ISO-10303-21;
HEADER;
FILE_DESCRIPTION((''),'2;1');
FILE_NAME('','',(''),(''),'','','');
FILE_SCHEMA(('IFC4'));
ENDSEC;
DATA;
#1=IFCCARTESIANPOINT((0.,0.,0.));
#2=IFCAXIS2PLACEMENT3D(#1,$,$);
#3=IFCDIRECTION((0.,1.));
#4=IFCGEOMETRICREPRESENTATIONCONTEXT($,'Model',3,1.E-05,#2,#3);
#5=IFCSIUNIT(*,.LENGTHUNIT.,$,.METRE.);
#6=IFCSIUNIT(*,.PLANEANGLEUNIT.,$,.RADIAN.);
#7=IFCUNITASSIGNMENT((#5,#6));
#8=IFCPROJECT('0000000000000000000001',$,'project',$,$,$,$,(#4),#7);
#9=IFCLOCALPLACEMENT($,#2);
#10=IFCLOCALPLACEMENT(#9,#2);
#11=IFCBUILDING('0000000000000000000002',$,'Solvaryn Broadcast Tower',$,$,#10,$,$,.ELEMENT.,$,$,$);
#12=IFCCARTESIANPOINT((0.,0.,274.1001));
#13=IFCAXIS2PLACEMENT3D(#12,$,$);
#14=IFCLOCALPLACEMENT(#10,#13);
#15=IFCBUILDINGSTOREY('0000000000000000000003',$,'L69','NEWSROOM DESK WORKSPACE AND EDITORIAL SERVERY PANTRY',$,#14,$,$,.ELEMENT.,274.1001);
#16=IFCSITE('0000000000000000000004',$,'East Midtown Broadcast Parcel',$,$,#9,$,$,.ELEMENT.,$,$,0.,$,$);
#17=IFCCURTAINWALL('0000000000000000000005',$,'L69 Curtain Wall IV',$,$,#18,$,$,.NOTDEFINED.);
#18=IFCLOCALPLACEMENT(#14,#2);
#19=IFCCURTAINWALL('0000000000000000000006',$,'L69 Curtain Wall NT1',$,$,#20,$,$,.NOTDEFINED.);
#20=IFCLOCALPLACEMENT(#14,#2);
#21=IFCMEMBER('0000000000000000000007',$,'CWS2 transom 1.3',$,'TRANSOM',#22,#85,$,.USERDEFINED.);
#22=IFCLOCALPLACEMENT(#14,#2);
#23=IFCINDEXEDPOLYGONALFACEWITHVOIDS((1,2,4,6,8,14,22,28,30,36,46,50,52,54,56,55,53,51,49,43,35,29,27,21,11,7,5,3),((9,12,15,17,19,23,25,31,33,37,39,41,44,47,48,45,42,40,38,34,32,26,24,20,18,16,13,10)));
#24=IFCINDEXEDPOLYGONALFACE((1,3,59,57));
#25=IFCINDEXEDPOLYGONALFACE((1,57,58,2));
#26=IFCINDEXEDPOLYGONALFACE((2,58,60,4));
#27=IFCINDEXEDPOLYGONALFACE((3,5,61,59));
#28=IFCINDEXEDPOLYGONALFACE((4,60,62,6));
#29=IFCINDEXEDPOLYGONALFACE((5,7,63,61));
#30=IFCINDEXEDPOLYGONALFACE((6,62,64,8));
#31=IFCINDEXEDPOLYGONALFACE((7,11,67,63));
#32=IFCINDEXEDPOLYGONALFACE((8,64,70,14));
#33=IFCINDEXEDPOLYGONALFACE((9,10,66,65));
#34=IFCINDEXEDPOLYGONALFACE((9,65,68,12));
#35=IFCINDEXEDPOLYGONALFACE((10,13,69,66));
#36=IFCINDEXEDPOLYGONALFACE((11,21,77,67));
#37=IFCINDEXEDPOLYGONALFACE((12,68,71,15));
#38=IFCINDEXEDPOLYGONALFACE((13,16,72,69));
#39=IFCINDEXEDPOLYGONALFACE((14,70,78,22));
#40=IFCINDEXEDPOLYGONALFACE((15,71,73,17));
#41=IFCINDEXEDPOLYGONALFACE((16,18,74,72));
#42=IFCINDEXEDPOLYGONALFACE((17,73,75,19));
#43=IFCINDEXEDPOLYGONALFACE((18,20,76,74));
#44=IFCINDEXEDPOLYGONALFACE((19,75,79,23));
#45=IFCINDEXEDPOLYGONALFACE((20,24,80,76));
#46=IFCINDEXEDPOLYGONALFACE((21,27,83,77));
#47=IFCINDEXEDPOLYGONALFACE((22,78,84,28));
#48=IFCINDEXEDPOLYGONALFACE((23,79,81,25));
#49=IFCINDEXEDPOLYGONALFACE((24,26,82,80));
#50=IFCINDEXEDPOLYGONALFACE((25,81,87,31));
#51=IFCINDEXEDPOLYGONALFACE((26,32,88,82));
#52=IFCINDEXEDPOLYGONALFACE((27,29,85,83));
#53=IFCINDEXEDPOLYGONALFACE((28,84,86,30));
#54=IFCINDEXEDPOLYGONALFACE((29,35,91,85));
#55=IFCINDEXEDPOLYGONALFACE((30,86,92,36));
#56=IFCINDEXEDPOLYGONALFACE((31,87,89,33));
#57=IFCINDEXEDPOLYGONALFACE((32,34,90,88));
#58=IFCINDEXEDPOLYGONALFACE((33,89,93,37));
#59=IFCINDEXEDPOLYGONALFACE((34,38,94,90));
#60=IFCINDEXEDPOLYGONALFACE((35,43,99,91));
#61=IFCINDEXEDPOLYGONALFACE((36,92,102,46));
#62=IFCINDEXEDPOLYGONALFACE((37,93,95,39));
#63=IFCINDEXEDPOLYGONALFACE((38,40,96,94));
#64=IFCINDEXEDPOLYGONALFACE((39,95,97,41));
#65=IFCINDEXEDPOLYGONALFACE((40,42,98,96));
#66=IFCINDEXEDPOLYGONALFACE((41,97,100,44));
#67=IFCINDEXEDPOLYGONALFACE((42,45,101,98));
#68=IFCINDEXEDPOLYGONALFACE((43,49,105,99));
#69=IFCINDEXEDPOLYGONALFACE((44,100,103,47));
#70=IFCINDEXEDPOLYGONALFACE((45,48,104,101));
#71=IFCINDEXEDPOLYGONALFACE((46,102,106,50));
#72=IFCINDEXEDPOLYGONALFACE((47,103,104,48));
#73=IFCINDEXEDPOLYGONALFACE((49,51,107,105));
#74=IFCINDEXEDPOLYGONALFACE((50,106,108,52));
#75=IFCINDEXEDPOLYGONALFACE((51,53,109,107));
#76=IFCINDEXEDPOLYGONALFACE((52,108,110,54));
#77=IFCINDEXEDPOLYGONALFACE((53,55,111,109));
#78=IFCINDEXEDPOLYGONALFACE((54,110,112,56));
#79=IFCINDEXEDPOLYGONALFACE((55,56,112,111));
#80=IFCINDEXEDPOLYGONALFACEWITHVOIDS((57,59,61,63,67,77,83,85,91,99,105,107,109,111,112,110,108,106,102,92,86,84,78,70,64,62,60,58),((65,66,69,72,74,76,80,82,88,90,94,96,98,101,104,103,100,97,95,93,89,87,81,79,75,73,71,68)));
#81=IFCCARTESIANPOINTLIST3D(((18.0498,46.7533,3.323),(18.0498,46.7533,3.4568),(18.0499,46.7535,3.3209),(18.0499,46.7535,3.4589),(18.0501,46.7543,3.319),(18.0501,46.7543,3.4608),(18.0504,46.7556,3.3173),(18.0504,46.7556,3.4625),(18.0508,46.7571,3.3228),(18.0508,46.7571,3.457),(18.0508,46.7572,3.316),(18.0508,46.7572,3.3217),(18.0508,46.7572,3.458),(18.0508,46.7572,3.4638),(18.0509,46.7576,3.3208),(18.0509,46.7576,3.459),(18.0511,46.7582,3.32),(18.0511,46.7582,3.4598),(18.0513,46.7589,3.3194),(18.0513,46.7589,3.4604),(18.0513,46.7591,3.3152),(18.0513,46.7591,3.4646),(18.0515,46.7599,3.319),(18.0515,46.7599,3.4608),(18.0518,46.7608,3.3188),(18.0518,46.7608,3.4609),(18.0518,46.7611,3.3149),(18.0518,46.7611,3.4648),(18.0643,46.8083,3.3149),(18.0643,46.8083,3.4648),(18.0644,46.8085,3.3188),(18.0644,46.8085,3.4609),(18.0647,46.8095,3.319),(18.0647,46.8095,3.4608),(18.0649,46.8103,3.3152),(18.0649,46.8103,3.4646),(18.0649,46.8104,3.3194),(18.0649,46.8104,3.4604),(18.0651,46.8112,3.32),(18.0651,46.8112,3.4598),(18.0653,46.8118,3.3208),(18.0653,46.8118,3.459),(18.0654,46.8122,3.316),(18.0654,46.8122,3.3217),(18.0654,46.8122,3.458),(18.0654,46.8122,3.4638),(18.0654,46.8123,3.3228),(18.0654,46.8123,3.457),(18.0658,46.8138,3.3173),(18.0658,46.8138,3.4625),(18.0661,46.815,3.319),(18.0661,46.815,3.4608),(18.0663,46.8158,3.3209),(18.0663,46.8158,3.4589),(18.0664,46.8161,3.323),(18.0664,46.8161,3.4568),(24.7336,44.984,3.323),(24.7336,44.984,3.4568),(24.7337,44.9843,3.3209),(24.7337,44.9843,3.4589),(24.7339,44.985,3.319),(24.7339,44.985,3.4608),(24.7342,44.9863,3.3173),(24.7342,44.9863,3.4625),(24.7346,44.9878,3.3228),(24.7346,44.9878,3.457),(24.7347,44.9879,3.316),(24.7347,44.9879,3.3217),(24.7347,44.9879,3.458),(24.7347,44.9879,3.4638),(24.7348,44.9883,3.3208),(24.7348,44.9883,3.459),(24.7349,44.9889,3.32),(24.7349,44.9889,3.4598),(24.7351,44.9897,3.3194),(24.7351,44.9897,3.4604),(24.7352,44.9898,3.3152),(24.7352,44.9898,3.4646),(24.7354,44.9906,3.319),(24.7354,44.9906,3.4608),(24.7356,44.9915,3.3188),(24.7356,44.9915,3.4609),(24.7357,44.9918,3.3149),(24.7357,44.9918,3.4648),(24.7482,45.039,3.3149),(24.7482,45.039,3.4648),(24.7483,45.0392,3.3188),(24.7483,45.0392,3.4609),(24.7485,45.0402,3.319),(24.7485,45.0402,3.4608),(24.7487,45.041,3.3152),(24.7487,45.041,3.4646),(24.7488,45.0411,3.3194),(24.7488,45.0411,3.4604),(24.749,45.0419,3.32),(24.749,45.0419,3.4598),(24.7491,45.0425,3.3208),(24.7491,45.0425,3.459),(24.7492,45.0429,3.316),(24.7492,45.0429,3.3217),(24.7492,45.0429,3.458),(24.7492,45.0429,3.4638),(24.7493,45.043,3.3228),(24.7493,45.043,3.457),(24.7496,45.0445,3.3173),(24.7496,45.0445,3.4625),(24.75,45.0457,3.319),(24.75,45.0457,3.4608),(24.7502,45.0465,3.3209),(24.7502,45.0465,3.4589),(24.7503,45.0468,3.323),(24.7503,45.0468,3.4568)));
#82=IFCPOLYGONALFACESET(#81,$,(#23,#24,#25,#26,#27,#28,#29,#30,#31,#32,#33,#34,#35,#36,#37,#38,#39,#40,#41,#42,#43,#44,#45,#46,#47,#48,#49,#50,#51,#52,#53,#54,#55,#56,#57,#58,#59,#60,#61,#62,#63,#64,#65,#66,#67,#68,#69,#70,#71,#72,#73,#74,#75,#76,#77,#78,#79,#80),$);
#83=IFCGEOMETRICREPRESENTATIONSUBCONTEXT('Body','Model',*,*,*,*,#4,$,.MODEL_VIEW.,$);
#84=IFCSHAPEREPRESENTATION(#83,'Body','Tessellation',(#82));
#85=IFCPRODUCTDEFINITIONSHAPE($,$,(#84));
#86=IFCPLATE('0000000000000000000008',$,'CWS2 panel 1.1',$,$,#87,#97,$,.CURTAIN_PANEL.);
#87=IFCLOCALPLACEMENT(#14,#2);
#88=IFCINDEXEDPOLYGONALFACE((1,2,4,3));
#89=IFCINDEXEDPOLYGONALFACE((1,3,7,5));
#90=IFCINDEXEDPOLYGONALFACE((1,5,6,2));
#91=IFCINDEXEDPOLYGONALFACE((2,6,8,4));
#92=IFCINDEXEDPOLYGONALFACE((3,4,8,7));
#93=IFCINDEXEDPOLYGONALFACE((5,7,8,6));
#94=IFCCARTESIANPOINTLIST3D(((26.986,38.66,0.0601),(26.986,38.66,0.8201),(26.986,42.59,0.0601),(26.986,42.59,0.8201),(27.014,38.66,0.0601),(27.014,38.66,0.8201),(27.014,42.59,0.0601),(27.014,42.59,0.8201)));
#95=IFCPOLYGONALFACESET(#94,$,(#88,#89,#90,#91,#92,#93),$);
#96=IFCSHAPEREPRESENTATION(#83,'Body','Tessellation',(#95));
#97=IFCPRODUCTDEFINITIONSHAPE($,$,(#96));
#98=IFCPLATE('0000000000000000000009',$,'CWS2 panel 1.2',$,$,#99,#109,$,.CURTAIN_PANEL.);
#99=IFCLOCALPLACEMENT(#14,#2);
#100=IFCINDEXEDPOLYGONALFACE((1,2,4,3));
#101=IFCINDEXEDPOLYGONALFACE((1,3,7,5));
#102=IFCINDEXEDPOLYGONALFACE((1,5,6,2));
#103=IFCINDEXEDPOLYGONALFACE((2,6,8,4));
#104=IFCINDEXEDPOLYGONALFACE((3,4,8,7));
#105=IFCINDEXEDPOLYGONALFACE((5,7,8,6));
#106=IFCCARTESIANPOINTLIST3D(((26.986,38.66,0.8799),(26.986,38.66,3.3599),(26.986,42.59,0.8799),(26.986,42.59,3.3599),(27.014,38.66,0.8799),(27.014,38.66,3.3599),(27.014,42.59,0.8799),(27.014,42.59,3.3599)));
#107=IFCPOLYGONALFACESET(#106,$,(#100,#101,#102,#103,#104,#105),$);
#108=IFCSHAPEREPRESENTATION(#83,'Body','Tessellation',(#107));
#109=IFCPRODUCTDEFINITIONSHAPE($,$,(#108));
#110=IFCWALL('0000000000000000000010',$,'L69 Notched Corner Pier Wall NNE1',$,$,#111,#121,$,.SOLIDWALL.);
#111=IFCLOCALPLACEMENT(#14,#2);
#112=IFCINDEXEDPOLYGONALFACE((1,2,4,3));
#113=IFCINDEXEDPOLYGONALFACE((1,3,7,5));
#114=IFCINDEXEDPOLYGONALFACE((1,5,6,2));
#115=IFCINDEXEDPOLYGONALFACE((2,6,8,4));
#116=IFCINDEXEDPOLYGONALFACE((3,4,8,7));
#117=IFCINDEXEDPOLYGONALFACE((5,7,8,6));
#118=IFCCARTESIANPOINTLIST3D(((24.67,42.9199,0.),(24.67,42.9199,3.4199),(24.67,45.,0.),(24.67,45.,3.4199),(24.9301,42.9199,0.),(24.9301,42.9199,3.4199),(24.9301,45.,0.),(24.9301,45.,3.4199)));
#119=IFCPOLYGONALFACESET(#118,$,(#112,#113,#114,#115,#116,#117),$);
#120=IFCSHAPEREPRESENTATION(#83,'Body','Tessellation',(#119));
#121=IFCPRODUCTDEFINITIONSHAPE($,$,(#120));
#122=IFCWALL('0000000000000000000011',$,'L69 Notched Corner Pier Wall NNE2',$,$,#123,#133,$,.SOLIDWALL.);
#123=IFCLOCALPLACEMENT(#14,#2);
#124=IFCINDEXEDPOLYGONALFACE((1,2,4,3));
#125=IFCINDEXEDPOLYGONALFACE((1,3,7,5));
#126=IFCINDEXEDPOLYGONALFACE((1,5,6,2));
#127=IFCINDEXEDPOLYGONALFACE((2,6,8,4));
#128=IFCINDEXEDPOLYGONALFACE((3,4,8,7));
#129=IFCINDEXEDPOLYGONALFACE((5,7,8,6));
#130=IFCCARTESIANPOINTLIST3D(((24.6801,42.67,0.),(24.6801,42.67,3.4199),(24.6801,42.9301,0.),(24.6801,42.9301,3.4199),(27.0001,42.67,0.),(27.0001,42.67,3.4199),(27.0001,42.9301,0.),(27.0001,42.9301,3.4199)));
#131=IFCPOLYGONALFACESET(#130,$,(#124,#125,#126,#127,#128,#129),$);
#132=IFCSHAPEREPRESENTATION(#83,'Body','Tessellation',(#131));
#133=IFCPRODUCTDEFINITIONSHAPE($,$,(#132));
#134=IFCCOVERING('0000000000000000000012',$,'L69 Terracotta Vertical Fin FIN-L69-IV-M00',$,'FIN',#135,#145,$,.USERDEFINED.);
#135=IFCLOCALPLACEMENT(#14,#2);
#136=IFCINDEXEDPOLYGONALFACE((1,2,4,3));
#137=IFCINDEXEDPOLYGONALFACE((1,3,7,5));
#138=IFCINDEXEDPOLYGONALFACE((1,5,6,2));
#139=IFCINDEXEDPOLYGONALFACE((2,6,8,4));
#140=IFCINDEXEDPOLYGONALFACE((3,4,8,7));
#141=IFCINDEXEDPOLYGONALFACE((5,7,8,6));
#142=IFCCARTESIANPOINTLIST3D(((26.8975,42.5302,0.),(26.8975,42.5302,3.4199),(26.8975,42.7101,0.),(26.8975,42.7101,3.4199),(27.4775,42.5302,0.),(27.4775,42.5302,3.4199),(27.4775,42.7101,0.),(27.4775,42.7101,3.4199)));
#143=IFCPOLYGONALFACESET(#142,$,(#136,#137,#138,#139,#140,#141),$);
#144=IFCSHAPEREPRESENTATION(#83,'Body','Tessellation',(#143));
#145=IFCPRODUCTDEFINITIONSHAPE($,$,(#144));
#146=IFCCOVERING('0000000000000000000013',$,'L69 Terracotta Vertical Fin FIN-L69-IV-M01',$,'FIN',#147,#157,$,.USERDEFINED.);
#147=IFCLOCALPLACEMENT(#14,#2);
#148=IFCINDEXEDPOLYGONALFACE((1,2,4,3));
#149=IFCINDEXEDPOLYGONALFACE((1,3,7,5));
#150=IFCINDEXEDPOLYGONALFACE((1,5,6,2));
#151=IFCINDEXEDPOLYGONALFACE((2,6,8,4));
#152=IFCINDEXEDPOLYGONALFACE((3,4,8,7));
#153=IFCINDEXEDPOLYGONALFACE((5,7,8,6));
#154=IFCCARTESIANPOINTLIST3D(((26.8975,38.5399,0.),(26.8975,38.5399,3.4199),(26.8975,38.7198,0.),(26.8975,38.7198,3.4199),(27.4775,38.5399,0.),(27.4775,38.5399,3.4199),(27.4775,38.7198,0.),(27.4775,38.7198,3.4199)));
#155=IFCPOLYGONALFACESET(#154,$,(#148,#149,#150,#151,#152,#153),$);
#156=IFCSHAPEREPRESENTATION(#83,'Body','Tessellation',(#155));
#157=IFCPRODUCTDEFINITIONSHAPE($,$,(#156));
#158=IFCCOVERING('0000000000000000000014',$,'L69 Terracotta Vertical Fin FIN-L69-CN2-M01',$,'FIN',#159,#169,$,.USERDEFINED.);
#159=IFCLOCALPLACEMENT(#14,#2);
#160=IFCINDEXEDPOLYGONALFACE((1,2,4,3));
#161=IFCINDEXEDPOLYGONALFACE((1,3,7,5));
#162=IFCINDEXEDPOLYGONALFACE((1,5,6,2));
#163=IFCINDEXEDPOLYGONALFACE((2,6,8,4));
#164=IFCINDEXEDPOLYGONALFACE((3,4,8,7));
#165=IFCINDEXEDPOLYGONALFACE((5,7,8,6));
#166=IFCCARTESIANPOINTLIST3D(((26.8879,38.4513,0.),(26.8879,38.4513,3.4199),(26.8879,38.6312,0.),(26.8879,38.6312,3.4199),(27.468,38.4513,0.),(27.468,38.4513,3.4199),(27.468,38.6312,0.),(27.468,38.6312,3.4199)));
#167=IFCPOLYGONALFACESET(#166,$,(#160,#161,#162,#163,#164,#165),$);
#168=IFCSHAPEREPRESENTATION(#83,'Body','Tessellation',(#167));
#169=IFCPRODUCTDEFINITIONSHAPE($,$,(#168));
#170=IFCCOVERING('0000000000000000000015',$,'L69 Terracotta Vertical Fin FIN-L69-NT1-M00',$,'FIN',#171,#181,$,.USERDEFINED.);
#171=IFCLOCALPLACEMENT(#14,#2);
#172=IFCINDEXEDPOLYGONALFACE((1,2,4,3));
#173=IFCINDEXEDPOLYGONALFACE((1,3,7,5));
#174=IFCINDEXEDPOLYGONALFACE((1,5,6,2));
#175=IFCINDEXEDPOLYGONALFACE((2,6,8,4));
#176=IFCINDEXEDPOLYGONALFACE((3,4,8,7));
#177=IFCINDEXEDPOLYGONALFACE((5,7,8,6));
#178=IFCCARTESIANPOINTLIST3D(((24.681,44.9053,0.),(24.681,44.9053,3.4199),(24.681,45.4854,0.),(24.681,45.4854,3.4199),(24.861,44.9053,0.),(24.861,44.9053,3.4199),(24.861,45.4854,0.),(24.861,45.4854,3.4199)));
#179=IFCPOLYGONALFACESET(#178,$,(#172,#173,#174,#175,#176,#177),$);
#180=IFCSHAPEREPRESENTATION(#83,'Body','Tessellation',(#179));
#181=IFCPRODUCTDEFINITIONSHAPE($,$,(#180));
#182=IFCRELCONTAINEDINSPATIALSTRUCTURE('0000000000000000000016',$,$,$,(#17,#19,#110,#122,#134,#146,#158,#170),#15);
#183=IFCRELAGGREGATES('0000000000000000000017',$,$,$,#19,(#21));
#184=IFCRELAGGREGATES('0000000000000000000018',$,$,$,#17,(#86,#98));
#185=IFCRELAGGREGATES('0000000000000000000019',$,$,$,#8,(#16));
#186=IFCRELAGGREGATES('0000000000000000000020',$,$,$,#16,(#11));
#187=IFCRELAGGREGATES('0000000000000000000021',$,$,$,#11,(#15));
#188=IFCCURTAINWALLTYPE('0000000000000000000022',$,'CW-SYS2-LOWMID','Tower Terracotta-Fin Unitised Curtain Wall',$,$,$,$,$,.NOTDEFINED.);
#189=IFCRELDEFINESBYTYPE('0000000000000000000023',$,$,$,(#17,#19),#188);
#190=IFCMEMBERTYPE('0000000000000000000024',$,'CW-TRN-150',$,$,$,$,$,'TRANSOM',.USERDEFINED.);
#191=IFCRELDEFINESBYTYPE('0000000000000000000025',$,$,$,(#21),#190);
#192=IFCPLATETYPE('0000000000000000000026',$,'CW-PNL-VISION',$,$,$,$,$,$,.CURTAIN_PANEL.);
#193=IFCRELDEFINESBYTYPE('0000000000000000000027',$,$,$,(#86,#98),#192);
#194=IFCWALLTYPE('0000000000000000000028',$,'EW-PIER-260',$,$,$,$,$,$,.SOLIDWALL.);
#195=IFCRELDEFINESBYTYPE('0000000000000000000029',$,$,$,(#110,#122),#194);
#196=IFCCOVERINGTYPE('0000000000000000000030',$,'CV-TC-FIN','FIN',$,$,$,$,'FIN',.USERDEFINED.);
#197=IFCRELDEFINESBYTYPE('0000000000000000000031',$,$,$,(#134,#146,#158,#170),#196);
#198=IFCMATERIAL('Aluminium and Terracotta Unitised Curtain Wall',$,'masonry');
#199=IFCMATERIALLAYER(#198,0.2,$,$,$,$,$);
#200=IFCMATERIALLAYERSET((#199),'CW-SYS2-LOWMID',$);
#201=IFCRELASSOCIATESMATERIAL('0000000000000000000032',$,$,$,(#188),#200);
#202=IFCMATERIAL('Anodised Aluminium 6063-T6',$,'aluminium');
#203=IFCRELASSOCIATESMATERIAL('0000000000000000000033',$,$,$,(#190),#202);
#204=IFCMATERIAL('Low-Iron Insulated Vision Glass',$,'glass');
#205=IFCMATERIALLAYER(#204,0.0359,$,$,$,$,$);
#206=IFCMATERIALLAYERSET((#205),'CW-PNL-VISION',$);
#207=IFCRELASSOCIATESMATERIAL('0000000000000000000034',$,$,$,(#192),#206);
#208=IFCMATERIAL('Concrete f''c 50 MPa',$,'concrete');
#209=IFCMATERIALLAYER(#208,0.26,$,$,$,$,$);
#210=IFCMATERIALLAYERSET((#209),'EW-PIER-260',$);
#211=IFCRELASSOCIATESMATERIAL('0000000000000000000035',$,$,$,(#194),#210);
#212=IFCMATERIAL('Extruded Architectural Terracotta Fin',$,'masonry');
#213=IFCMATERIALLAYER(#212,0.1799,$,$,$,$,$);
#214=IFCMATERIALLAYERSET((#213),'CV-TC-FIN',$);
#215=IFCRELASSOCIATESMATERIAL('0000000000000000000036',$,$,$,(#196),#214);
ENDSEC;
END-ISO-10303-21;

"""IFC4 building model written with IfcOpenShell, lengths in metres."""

from ifc_helpers import new_model, si_unit, direction, frame, frame_2d, origin, origin_2d, place, context, subcontext, project, spatial, rectangle, hollow_rectangle, extrude, material, layer, layer_set, material_profile, profile_set, type_object, element, aggregate, save


model = new_model("IFC4")

# Units and contexts
model_context = context("Model", 3, precision=1e-05, world=origin(), true_north=direction((0.0, 1.0)))
body_context = subcontext(model_context, "Body", "Model", "MODEL_VIEW")
ifc_project = project(units=[si_unit("LENGTHUNIT", "METRE"), si_unit("PLANEANGLEUNIT", "RADIAN")], contexts=[model_context])

# Site, building, storey
site_placement = place(None, origin())
site = spatial("IfcSite", under=ifc_project, at=site_placement, Name="East Midtown Broadcast Parcel", CompositionType="ELEMENT", RefElevation=0.0)
building_placement = place(site_placement, origin())
building = spatial("IfcBuilding", under=site, at=building_placement, Name="Solvaryn Broadcast Tower", CompositionType="ELEMENT")
storey_placement = place(building_placement, frame((0.0, 0.0, 274.1001)))
storey = spatial("IfcBuildingStorey", under=building, at=storey_placement, Name="L69", Description="NEWSROOM DESK WORKSPACE AND EDITORIAL SERVERY PANTRY", CompositionType="ELEMENT", Elevation=274.1001)

# Curtain wall
ifc_material_1 = material(Name="Aluminium and Terracotta Unitised Curtain Wall", Category="masonry")
ifc_layer_1 = layer(ifc_material_1, 0.2)
ifc_layer_set_1 = layer_set([ifc_layer_1], Name="CW-SYS2-LOWMID")
curtain_wall_type = type_object("IfcCurtainWallType", Name="CW-SYS2-LOWMID", Description="Tower Terracotta-Fin Unitised Curtain Wall", PredefinedType="NOTDEFINED", material=ifc_layer_set_1)
curtain_wall_1_placement = place(storey_placement, origin())
curtain_wall_1 = element("IfcCurtainWall", 1, at=curtain_wall_1_placement, inside=storey, type_object=curtain_wall_type, Name="L69 Curtain Wall IV", PredefinedType="NOTDEFINED")

# Curtain wall
curtain_wall_2_placement = place(storey_placement, origin())
curtain_wall_2 = element("IfcCurtainWall", 2, at=curtain_wall_2_placement, inside=storey, type_object=curtain_wall_type, Name="L69 Curtain Wall NT1", PredefinedType="NOTDEFINED")

# Member
ifc_material_2 = material(Name="Anodised Aluminium 6063-T6", Category="aluminium")
ifc_material_profile_1 = material_profile(ifc_material_2, hollow_rectangle(XDim=0.0649, YDim=0.1499, WallThickness=0.0039, InnerFilletRadius=0.0039, OuterFilletRadius=0.0081, at=origin_2d()))
ifc_profile_set_1 = profile_set([ifc_material_profile_1], Name="Anodised Aluminium 6063-T6")
member_type_1 = type_object("IfcMemberType", Name="CW-TRN-150", ElementType="TRANSOM", PredefinedType="USERDEFINED", material=ifc_profile_set_1)
member_1_placement = place(storey_placement, frame((24.7419, 45.0154, 3.3899), z_axis=(-0.966704, 0.255897, 0.0), x_axis=(-0.255897, -0.966704, 0.0)))
member_1 = element("IfcMember", 3, at=member_1_placement, type_object=member_type_1, Name="CWS2 transom 1.3", ObjectType="TRANSOM", PredefinedType="USERDEFINED", context=body_context, shape_type="SweptSolid", body=[
    extrude(hollow_rectangle(XDim=0.0649, YDim=0.1499, WallThickness=0.0039, InnerFilletRadius=0.0039, OuterFilletRadius=0.0081, at=origin_2d()), origin(), (0.0, 0.0, 1.0), 6.9141),
])
aggregate(curtain_wall_2, [member_1])

# Plates
ifc_material_3 = material(Name="Low-Iron Insulated Vision Glass", Category="glass")
ifc_layer_2 = layer(ifc_material_3, 0.0359)
ifc_layer_set_2 = layer_set([ifc_layer_2], Name="CW-PNL-VISION")
plate_type = type_object("IfcPlateType", Name="CW-PNL-VISION", PredefinedType="CURTAIN_PANEL", material=ifc_layer_set_2)
plate_1_placement = place(storey_placement, frame((27.0, 40.625, 0.0601), z_axis=(0.0, 0.0, 1.0), x_axis=(0.0, -1.0, 0.0)))
plate_1 = element("IfcPlate", 4, at=plate_1_placement, type_object=plate_type, Name="CWS2 panel 1.1", PredefinedType="CURTAIN_PANEL", context=body_context, shape_type="SweptSolid", body=[
    extrude(rectangle(XDim=3.9299, YDim=0.0281, at=origin_2d()), origin(), (0.0, 0.0, 1.0), 0.76),
])
plate_2_placement = place(storey_placement, frame((27.0, 40.625, 0.8799), z_axis=(0.0, 0.0, 1.0), x_axis=(0.0, -1.0, 0.0)))
plate_2 = element("IfcPlate", 5, at=plate_2_placement, type_object=plate_type, Name="CWS2 panel 1.2", PredefinedType="CURTAIN_PANEL", context=body_context, shape_type="SweptSolid", body=[
    extrude(rectangle(XDim=3.9299, YDim=0.0281, at=origin_2d()), origin(), (0.0, 0.0, 1.0), 2.48),
])
aggregate(curtain_wall_1, [plate_1, plate_2])

# Walls
ifc_material_4 = material(Name="Concrete f'c 50 MPa", Category="concrete")
ifc_layer_3 = layer(ifc_material_4, 0.26)
ifc_layer_set_3 = layer_set([ifc_layer_3], Name="EW-PIER-260")
wall_type_1 = type_object("IfcWallType", Name="EW-PIER-260", PredefinedType="SOLIDWALL", material=ifc_layer_set_3)
wall_1_placement = place(storey_placement, frame((24.8, 45.0, 0.0), z_axis=(0.0, 0.0, 1.0), x_axis=(0.0, -1.0, 0.0)))
element("IfcWall", 6, at=wall_1_placement, inside=storey, type_object=wall_type_1, Name="L69 Notched Corner Pier Wall NNE1", PredefinedType="SOLIDWALL", context=body_context, shape_type="SweptSolid", body=[
    extrude(rectangle(XDim=2.0801, YDim=0.26, at=frame_2d((1.04, 0.0))), origin(), (0.0, 0.0, 1.0), 3.4199),
])
wall_2_placement = place(storey_placement, frame((24.6799, 42.8, 0.0), z_axis=(0.0, 0.0, 1.0), x_axis=(1.0, 0.0, 0.0)))
element("IfcWall", 7, at=wall_2_placement, inside=storey, type_object=wall_type_1, Name="L69 Notched Corner Pier Wall NNE2", PredefinedType="SOLIDWALL", context=body_context, shape_type="SweptSolid", body=[
    extrude(rectangle(XDim=2.3201, YDim=0.26, at=frame_2d((1.1602, 0.0))), origin(), (0.0, 0.0, 1.0), 3.4199),
])

# Coverings
ifc_material_5 = material(Name="Extruded Architectural Terracotta Fin", Category="masonry")
ifc_layer_4 = layer(ifc_material_5, 0.1799)
ifc_layer_set_4 = layer_set([ifc_layer_4], Name="CV-TC-FIN")
covering_type = type_object("IfcCoveringType", Name="CV-TC-FIN", Description="FIN", ElementType="FIN", PredefinedType="USERDEFINED", material=ifc_layer_set_4)
for number, where, z_axis, x_axis, name in (
    (8, (27.1875, 42.6201, 0.0), (0.0, 0.0, 1.0), (1.0, 0.0, 0.0), "L69 Terracotta Vertical Fin FIN-L69-IV-M00"),
    (9, (27.1875, 38.6299, 0.0), (0.0, 0.0, 1.0), (1.0, 0.0, 0.0), "L69 Terracotta Vertical Fin FIN-L69-IV-M01"),
    (10, (27.178, 38.5413, 0.0), (0.0, 0.0, 1.0), (1.0, 0.0, 0.0), "L69 Terracotta Vertical Fin FIN-L69-CN2-M01"),
):
    element("IfcCovering", number, at=place(storey_placement, frame(where, z_axis=z_axis, x_axis=x_axis)), inside=storey, type_object=covering_type, Name=name, ObjectType="FIN", PredefinedType="USERDEFINED", context=body_context, shape_type="SweptSolid", body=[
        extrude(rectangle(XDim=0.5801, YDim=0.1799, at=origin_2d()), origin(), (0.0, 0.0, 1.0), 3.4199),
    ])
covering_placement = place(storey_placement, frame((24.771, 45.1953, 0.0), z_axis=(0.0, 0.0, 1.0), x_axis=(1.0, 0.0, 0.0)))
element("IfcCovering", 11, at=covering_placement, inside=storey, type_object=covering_type, Name="L69 Terracotta Vertical Fin FIN-L69-NT1-M00", ObjectType="FIN", PredefinedType="USERDEFINED", context=body_context, shape_type="SweptSolid", body=[
    extrude(rectangle(XDim=0.1799, YDim=0.5801, at=origin_2d()), origin(), (0.0, 0.0, 1.0), 3.4199),
])

save(model, "model.ifc")
